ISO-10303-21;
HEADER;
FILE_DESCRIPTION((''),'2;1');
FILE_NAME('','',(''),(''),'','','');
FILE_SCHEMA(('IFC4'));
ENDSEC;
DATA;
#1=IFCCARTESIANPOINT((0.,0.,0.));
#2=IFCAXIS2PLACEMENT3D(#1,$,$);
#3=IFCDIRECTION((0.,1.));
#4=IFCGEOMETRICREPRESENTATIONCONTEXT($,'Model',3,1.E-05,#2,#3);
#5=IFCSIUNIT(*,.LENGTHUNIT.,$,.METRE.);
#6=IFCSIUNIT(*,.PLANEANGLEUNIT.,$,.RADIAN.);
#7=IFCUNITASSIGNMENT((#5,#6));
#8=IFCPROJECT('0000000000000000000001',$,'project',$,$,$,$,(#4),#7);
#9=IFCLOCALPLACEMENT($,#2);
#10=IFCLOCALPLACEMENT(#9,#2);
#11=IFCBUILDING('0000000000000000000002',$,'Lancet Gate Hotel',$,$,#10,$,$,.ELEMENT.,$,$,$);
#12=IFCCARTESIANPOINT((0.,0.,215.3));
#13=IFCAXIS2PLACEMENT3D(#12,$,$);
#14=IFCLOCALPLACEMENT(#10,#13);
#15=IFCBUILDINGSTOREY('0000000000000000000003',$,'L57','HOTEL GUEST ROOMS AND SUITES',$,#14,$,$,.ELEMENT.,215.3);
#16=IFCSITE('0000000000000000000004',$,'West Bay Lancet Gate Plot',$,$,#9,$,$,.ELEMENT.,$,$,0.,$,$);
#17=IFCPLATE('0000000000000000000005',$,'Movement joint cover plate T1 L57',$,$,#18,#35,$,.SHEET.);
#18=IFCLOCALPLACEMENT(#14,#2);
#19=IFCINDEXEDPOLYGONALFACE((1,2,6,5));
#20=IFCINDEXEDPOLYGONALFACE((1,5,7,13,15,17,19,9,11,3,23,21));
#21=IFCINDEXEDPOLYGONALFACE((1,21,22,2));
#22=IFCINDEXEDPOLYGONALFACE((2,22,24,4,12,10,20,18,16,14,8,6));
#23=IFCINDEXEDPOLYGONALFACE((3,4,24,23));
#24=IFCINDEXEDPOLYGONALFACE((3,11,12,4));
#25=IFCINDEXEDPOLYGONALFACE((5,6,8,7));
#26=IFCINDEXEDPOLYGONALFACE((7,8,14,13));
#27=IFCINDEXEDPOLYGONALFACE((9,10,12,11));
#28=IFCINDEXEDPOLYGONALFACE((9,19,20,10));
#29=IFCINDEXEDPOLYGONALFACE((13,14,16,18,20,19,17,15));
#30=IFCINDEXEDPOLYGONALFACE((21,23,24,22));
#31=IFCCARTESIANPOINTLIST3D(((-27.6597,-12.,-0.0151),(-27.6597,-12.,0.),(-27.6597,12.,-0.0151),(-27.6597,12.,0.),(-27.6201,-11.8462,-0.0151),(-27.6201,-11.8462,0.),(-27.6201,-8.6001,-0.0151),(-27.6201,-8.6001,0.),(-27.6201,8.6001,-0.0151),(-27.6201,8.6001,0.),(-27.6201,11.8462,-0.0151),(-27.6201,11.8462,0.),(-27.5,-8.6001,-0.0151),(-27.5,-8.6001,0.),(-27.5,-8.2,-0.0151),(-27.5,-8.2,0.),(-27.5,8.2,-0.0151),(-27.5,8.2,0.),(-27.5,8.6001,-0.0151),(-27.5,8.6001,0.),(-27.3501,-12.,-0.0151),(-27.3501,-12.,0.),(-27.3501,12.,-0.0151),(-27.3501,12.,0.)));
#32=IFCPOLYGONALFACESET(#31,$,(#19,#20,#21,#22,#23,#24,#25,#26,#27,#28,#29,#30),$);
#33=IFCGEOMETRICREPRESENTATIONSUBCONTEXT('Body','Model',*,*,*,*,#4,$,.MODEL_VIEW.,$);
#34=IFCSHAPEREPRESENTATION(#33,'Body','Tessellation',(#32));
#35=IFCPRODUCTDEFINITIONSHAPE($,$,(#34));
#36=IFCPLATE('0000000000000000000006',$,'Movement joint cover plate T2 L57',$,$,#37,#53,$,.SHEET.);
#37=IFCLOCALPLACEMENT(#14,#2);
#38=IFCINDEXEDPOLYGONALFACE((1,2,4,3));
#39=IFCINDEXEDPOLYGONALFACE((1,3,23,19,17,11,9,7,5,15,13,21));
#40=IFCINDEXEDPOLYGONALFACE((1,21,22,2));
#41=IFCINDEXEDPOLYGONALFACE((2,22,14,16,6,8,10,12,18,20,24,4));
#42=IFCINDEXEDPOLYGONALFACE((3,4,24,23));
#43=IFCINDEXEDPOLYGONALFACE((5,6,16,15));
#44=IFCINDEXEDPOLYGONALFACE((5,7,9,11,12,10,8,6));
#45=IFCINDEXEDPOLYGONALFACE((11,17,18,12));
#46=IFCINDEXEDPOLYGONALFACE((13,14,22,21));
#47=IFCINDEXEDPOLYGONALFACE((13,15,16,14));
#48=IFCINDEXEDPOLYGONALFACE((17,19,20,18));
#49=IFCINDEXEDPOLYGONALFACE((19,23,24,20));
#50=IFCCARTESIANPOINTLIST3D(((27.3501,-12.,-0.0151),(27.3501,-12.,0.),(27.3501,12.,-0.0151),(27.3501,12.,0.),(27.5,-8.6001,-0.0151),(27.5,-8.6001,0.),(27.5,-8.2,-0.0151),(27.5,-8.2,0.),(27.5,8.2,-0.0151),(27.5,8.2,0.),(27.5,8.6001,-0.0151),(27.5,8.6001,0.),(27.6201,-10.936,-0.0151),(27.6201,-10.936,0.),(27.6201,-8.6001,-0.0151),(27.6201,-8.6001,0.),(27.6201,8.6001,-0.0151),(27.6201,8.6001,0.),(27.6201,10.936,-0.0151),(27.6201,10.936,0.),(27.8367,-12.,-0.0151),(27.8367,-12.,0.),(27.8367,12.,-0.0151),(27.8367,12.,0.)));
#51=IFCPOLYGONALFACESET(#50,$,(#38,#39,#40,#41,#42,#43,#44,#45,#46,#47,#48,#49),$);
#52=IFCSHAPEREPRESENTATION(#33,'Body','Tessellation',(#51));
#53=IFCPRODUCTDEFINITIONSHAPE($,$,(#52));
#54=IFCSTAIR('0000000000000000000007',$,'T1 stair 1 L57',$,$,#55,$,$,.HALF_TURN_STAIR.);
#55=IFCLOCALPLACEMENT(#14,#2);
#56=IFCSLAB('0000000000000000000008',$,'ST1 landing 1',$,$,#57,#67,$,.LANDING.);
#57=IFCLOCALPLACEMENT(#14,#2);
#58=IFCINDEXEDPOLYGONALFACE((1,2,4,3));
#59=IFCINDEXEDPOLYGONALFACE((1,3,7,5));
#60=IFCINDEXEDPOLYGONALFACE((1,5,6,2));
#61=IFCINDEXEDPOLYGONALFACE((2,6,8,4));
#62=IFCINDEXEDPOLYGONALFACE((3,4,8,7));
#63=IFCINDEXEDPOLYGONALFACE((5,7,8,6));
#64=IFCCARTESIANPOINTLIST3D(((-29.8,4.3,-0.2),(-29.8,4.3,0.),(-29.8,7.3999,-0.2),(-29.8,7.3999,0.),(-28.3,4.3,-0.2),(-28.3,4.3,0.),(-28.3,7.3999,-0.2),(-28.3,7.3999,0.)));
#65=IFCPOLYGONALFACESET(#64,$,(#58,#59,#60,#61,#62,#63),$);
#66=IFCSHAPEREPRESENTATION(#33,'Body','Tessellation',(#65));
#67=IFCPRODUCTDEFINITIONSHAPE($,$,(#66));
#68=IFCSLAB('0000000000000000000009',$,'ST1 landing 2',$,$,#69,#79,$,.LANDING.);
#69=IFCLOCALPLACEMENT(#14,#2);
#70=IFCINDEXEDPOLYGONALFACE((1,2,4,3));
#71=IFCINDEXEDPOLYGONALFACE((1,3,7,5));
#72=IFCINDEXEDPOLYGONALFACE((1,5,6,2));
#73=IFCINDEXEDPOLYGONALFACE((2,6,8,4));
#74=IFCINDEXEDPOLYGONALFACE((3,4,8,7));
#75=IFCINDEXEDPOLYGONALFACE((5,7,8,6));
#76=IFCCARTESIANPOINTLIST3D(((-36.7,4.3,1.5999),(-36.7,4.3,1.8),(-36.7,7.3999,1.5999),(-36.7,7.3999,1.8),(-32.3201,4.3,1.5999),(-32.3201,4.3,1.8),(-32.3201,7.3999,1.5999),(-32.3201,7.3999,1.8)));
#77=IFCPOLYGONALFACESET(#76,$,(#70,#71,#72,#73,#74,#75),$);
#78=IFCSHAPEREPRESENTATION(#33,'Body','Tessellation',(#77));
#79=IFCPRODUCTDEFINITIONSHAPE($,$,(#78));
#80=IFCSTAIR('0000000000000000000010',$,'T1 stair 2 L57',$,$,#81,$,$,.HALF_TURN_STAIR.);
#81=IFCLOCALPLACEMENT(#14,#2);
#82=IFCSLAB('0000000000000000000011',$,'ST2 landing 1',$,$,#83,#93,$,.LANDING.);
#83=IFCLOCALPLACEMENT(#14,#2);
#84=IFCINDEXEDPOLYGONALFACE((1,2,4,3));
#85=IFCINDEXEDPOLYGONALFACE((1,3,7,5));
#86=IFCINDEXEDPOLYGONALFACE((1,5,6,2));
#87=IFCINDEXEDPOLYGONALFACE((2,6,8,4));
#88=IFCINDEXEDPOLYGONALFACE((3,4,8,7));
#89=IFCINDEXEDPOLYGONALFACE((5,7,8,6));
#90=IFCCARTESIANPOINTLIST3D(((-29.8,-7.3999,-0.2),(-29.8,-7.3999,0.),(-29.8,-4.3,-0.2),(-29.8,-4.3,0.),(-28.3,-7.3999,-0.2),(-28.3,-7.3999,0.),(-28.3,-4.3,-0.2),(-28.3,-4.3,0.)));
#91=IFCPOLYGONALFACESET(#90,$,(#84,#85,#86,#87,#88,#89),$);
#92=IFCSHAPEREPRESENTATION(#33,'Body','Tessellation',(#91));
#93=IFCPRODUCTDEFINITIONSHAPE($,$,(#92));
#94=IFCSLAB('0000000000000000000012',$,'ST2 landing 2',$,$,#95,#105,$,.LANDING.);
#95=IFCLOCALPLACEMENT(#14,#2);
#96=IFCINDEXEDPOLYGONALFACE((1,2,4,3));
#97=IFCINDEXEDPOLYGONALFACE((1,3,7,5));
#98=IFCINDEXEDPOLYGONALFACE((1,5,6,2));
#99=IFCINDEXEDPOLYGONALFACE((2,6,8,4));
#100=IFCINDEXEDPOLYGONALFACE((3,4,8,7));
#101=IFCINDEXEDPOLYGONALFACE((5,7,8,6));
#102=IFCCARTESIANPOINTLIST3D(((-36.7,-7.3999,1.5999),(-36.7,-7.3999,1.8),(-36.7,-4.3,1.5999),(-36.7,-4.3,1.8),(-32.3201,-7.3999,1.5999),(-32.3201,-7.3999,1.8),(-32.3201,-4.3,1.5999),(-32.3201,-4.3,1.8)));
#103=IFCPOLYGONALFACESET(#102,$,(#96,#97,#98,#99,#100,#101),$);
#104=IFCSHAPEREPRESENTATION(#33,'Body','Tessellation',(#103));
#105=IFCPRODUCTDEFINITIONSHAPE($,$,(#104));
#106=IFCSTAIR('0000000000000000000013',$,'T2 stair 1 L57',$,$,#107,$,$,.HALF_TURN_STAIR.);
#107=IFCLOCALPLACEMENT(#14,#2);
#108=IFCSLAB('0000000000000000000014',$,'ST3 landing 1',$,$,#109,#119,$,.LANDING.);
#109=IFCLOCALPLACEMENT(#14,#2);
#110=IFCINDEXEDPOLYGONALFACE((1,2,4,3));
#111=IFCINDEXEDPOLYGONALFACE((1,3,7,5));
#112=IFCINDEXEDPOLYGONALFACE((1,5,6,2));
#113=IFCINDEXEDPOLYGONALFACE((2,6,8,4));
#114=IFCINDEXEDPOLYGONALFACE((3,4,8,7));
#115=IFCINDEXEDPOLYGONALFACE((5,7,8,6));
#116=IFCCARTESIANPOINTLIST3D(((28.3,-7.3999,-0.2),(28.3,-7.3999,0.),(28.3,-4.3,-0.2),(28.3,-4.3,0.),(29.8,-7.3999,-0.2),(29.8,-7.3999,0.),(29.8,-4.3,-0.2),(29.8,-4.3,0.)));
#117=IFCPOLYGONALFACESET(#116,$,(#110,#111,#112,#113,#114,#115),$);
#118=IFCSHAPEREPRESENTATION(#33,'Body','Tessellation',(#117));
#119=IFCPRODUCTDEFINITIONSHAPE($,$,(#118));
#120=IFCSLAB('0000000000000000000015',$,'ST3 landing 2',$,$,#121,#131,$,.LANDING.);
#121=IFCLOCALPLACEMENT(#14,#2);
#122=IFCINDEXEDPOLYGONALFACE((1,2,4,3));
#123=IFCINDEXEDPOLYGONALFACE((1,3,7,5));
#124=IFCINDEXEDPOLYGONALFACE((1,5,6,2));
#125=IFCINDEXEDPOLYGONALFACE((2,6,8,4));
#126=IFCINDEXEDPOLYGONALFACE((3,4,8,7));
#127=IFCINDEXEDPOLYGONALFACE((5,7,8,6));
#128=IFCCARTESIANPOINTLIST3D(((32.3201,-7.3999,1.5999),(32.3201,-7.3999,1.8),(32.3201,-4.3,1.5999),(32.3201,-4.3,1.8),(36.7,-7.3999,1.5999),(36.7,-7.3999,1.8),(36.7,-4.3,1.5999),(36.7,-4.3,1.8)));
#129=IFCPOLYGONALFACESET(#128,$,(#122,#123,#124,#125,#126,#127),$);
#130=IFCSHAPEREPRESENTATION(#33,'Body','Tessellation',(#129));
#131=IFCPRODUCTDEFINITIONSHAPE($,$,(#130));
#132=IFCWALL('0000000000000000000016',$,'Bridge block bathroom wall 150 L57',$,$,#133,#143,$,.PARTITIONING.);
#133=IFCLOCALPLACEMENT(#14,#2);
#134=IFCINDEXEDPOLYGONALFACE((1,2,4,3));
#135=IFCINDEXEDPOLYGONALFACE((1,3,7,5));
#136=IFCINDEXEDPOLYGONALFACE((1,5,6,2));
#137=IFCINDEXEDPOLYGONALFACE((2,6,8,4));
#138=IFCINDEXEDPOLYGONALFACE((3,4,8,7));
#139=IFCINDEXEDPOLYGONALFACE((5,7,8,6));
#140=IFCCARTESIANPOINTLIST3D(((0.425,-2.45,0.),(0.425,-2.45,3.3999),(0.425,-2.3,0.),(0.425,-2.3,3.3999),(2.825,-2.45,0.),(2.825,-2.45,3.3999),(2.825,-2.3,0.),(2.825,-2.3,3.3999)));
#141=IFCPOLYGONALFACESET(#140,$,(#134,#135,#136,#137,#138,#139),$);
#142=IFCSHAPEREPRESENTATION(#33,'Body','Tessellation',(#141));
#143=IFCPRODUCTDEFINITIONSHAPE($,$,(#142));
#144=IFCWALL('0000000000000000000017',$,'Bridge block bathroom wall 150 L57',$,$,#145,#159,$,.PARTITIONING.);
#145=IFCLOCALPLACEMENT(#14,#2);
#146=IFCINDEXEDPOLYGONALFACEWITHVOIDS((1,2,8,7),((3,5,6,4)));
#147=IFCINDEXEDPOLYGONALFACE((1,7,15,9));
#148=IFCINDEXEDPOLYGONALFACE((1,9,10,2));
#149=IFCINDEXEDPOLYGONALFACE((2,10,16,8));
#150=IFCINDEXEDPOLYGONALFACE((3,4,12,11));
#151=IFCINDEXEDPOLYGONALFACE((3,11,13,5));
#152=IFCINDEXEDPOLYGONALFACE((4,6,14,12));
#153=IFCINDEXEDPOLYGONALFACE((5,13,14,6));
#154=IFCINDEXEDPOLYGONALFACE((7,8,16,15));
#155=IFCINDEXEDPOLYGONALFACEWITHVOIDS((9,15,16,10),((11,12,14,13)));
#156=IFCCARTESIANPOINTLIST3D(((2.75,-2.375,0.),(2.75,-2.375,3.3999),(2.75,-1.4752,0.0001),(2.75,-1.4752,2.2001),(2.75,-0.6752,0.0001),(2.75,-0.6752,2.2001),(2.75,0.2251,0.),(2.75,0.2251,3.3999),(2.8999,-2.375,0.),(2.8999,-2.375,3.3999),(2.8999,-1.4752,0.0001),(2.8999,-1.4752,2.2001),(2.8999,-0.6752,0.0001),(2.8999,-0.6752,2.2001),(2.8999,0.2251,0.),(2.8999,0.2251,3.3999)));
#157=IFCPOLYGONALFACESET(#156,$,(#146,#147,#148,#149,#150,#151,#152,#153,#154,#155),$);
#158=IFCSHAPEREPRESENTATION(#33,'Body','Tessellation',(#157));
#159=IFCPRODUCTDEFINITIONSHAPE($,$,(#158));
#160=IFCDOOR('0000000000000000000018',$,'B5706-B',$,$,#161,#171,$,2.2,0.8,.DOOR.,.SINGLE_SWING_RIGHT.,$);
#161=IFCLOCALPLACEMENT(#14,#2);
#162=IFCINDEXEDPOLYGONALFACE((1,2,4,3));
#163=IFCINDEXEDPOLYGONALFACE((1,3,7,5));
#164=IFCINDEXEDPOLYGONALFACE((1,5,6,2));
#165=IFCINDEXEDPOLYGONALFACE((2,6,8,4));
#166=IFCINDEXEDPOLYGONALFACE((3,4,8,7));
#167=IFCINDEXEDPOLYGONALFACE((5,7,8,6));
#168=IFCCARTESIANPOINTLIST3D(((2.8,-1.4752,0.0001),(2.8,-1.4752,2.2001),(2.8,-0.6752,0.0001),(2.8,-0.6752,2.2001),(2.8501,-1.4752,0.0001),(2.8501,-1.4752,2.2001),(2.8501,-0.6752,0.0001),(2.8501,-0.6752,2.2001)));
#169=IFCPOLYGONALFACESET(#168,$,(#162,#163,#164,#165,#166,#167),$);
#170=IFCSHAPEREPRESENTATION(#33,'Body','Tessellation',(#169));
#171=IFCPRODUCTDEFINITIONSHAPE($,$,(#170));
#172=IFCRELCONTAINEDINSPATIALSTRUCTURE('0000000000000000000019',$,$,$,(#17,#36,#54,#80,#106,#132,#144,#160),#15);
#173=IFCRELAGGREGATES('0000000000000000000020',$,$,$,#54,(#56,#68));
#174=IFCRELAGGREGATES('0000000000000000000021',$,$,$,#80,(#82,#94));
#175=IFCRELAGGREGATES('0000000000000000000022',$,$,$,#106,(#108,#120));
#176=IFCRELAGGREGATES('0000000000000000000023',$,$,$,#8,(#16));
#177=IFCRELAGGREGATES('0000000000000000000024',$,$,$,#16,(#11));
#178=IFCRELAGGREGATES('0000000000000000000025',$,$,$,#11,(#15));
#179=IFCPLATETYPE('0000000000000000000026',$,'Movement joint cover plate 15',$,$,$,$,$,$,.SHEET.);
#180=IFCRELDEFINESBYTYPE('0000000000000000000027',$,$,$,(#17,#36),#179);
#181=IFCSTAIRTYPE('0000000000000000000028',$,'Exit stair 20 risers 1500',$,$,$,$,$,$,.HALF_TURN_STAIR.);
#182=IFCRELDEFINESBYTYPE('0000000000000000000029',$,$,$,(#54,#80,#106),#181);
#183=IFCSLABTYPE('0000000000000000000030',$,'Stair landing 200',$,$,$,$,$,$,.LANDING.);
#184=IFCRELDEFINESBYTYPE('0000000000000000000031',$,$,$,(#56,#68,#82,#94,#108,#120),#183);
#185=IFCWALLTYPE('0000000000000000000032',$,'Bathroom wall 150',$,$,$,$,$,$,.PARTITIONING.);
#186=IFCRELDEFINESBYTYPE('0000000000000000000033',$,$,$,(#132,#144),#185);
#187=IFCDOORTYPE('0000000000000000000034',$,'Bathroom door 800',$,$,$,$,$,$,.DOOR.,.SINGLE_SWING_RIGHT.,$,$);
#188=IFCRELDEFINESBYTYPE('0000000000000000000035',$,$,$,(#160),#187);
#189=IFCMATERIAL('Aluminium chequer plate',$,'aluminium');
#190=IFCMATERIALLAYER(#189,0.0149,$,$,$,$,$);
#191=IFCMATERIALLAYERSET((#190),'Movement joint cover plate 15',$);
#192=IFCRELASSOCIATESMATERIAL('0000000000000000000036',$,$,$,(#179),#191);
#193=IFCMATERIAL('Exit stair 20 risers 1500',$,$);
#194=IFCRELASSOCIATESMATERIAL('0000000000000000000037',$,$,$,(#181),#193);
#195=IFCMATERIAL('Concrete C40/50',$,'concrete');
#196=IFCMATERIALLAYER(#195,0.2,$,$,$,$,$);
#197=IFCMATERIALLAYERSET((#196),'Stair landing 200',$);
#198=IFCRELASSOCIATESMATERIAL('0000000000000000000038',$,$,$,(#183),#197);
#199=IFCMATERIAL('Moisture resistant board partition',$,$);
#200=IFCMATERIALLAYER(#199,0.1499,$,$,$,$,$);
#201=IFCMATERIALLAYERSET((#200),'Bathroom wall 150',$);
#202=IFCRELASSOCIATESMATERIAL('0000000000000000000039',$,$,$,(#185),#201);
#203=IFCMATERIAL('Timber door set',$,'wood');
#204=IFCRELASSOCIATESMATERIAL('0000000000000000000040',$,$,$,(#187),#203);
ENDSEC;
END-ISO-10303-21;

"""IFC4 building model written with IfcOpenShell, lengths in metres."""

from ifc_helpers import new_model, si_unit, direction, frame, frame_2d, origin, place, context, subcontext, project, spatial, polyline, rectangle, outline, extrude, material, layer, layer_set, type_object, element, fill, aggregate, save


model = new_model("IFC4")

# Units and contexts
model_context = context("Model", 3, precision=1e-05, world=origin(), true_north=direction((0.0, 1.0)))
body_context = subcontext(model_context, "Body", "Model", "MODEL_VIEW")
ifc_project = project(units=[si_unit("LENGTHUNIT", "METRE"), si_unit("PLANEANGLEUNIT", "RADIAN")], contexts=[model_context])

# Site, building, storey
site_placement = place(None, origin())
site = spatial("IfcSite", under=ifc_project, at=site_placement, Name="West Bay Lancet Gate Plot", CompositionType="ELEMENT", RefElevation=0.0)
building_placement = place(site_placement, origin())
building = spatial("IfcBuilding", under=site, at=building_placement, Name="Lancet Gate Hotel", CompositionType="ELEMENT")
storey_placement = place(building_placement, frame((0.0, 0.0, 215.3)))
storey = spatial("IfcBuildingStorey", under=building, at=storey_placement, Name="L57", Description="HOTEL GUEST ROOMS AND SUITES", CompositionType="ELEMENT", Elevation=215.3)

# Plates
ifc_material_1 = material(Name="Aluminium chequer plate", Category="aluminium")
ifc_layer_1 = layer(ifc_material_1, 0.0149)
ifc_layer_set_1 = layer_set([ifc_layer_1], Name="Movement joint cover plate 15")
plate_type_1 = type_object("IfcPlateType", Name="Movement joint cover plate 15", PredefinedType="SHEET", material=ifc_layer_set_1)
plate_1_placement = place(storey_placement, frame((0.0, 0.0, -0.0151)))
element("IfcPlate", 1, at=plate_1_placement, inside=storey, type_object=plate_type_1, Name="Movement joint cover plate T1 L57", PredefinedType="SHEET", context=body_context, shape_type="SweptSolid", body=[
    extrude(outline(polyline([(-27.3501, 12.0), (-27.6597, 12.0), (-27.6201, 11.8462), (-27.6201, 8.6001), (-27.5, 8.6001), (-27.5, 8.2), (-27.5, -8.2), (-27.5, -8.6001), (-27.6201, -8.6001), (-27.6201, -11.8462), (-27.6597, -12.0), (-27.3501, -12.0), (-27.3501, 12.0)])), origin(), (0.0, 0.0, 1.0), 0.0151),
])
plate_2_placement = place(storey_placement, frame((0.0, 0.0, -0.0151)))
element("IfcPlate", 2, at=plate_2_placement, inside=storey, type_object=plate_type_1, Name="Movement joint cover plate T2 L57", PredefinedType="SHEET", context=body_context, shape_type="SweptSolid", body=[
    extrude(outline(polyline([(27.3501, -12.0), (27.8367, -12.0), (27.6201, -10.936), (27.6201, -8.6001), (27.5, -8.6001), (27.5, -8.2), (27.5, 8.2), (27.5, 8.6001), (27.6201, 8.6001), (27.6201, 10.936), (27.8367, 12.0), (27.3501, 12.0), (27.3501, -12.0)])), origin(), (0.0, 0.0, 1.0), 0.0151),
])

# Stairs, slabs
ifc_material_2 = material(Name="Exit stair 20 risers 1500")
stair_type = type_object("IfcStairType", Name="Exit stair 20 risers 1500", PredefinedType="HALF_TURN_STAIR", material=ifc_material_2)
stair_1_placement = place(storey_placement, origin())
stair_1 = element("IfcStair", 3, at=stair_1_placement, inside=storey, type_object=stair_type, Name="T1 stair 1 L57", PredefinedType="HALF_TURN_STAIR")
ifc_material_3 = material(Name="Concrete C40/50", Category="concrete")
ifc_layer_2 = layer(ifc_material_3, 0.2)
ifc_layer_set_2 = layer_set([ifc_layer_2], Name="Stair landing 200")
slab_type = type_object("IfcSlabType", Name="Stair landing 200", PredefinedType="LANDING", material=ifc_layer_set_2)
slab_1_placement = place(storey_placement, frame((0.0, 0.0, -0.2)))
slab_1 = element("IfcSlab", 4, at=slab_1_placement, type_object=slab_type, Name="ST1 landing 1", PredefinedType="LANDING", context=body_context, shape_type="SweptSolid", body=[
    extrude(outline(polyline([(-28.3, 7.3999), (-29.8, 7.3999), (-29.8, 4.3), (-28.3, 4.3), (-28.3, 7.3999)])), origin(), (0.0, 0.0, 1.0), 0.2),
])
slab_2_placement = place(storey_placement, frame((0.0, 0.0, 1.5999)))
slab_2 = element("IfcSlab", 5, at=slab_2_placement, type_object=slab_type, Name="ST1 landing 2", PredefinedType="LANDING", context=body_context, shape_type="SweptSolid", body=[
    extrude(outline(polyline([(-32.3201, 7.3999), (-36.7, 7.3999), (-36.7, 4.3), (-32.3201, 4.3), (-32.3201, 7.3999)])), origin(), (0.0, 0.0, 1.0), 0.2002),
])
aggregate(stair_1, [slab_1, slab_2])
stair_2_placement = place(storey_placement, origin())
stair_2 = element("IfcStair", 6, at=stair_2_placement, inside=storey, type_object=stair_type, Name="T1 stair 2 L57", PredefinedType="HALF_TURN_STAIR")
slab_3_placement = place(storey_placement, frame((0.0, 0.0, -0.2)))
slab_3 = element("IfcSlab", 7, at=slab_3_placement, type_object=slab_type, Name="ST2 landing 1", PredefinedType="LANDING", context=body_context, shape_type="SweptSolid", body=[
    extrude(outline(polyline([(-28.3, -4.3), (-29.8, -4.3), (-29.8, -7.3999), (-28.3, -7.3999), (-28.3, -4.3)])), origin(), (0.0, 0.0, 1.0), 0.2),
])
slab_4_placement = place(storey_placement, frame((0.0, 0.0, 1.5999)))
slab_4 = element("IfcSlab", 8, at=slab_4_placement, type_object=slab_type, Name="ST2 landing 2", PredefinedType="LANDING", context=body_context, shape_type="SweptSolid", body=[
    extrude(outline(polyline([(-32.3201, -4.3), (-36.7, -4.3), (-36.7, -7.3999), (-32.3201, -7.3999), (-32.3201, -4.3)])), origin(), (0.0, 0.0, 1.0), 0.2002),
])
aggregate(stair_2, [slab_3, slab_4])
stair_3_placement = place(storey_placement, origin())
stair_3 = element("IfcStair", 9, at=stair_3_placement, inside=storey, type_object=stair_type, Name="T2 stair 1 L57", PredefinedType="HALF_TURN_STAIR")
slab_5_placement = place(storey_placement, frame((0.0, 0.0, -0.2)))
slab_5 = element("IfcSlab", 10, at=slab_5_placement, type_object=slab_type, Name="ST3 landing 1", PredefinedType="LANDING", context=body_context, shape_type="SweptSolid", body=[
    extrude(outline(polyline([(28.3, -7.3999), (29.8, -7.3999), (29.8, -4.3), (28.3, -4.3), (28.3, -7.3999)])), origin(), (0.0, 0.0, 1.0), 0.2),
])
slab_6_placement = place(storey_placement, frame((0.0, 0.0, 1.5999)))
slab_6 = element("IfcSlab", 11, at=slab_6_placement, type_object=slab_type, Name="ST3 landing 2", PredefinedType="LANDING", context=body_context, shape_type="SweptSolid", body=[
    extrude(outline(polyline([(32.3201, -7.3999), (36.7, -7.3999), (36.7, -4.3), (32.3201, -4.3), (32.3201, -7.3999)])), origin(), (0.0, 0.0, 1.0), 0.2002),
])
aggregate(stair_3, [slab_5, slab_6])

# Wall
ifc_material_4 = material(Name="Moisture resistant board partition")
ifc_layer_3 = layer(ifc_material_4, 0.1499)
ifc_layer_set_3 = layer_set([ifc_layer_3], Name="Bathroom wall 150")
wall_type_1 = type_object("IfcWallType", Name="Bathroom wall 150", PredefinedType="PARTITIONING", material=ifc_layer_set_3)
wall_1_placement = place(storey_placement, frame((0.425, -2.375, 0.0), z_axis=(0.0, 0.0, 1.0), x_axis=(1.0, 0.0, 0.0)))
element("IfcWall", 12, at=wall_1_placement, inside=storey, type_object=wall_type_1, Name="Bridge block bathroom wall 150 L57", PredefinedType="PARTITIONING", context=body_context, shape_type="SweptSolid", body=[
    extrude(rectangle(XDim=2.3999, YDim=0.1499, at=frame_2d((1.2, 0.0))), origin(), (0.0, 0.0, 1.0), 3.3999),
])

# Wall, opening, door
wall_2_placement = place(storey_placement, frame((2.825, -2.375, 0.0), z_axis=(0.0, 0.0, 1.0), x_axis=(0.0, 1.0, 0.0)))
wall_2 = element("IfcWall", 13, at=wall_2_placement, inside=storey, type_object=wall_type_1, Name="Bridge block bathroom wall 150 L57", PredefinedType="PARTITIONING", context=body_context, shape_type="SweptSolid", body=[
    extrude(rectangle(XDim=2.6001, YDim=0.1499, at=frame_2d((1.3, 0.0))), origin(), (0.0, 0.0, 1.0), 3.3999),
])
opening_1_placement = place(wall_2_placement, frame((0.8999, 0.0, 0.0)))
opening_1 = element("IfcOpeningElement", 14, at=opening_1_placement, cuts=wall_2, PredefinedType="OPENING", context=body_context, shape_type="SweptSolid", body=[
    extrude(rectangle(XDim=0.8, YDim=2.2, at=frame_2d((0.3999, 1.1001))), frame((0.0, 0.085, 0.0), z_axis=(0.0, -1.0, 0.0), x_axis=(1.0, 0.0, 0.0)), (0.0, 0.0, 1.0), 0.1699),
])
ifc_material_5 = material(Name="Timber door set", Category="wood")
door_type_1 = type_object("IfcDoorType", Name="Bathroom door 800", OperationType="SINGLE_SWING_RIGHT", PredefinedType="DOOR", material=ifc_material_5)
door_1_placement = place(opening_1_placement, origin())
door_1 = element("IfcDoor", 15, at=door_1_placement, inside=storey, type_object=door_type_1, Name="B5706-B", OperationType="SINGLE_SWING_RIGHT", OverallHeight=2.2, OverallWidth=0.8, PredefinedType="DOOR", context=body_context, shape_type="SweptSolid", body=[
    extrude(rectangle(XDim=0.8, YDim=2.2, at=frame_2d((0.3999, 1.1001))), frame((0.0, 0.0249, 0.0), z_axis=(0.0, -1.0, 0.0), x_axis=(1.0, 0.0, 0.0)), (0.0, 0.0, 1.0), 0.05),
])
fill(opening_1, door_1)

save(model, "model.ifc")
